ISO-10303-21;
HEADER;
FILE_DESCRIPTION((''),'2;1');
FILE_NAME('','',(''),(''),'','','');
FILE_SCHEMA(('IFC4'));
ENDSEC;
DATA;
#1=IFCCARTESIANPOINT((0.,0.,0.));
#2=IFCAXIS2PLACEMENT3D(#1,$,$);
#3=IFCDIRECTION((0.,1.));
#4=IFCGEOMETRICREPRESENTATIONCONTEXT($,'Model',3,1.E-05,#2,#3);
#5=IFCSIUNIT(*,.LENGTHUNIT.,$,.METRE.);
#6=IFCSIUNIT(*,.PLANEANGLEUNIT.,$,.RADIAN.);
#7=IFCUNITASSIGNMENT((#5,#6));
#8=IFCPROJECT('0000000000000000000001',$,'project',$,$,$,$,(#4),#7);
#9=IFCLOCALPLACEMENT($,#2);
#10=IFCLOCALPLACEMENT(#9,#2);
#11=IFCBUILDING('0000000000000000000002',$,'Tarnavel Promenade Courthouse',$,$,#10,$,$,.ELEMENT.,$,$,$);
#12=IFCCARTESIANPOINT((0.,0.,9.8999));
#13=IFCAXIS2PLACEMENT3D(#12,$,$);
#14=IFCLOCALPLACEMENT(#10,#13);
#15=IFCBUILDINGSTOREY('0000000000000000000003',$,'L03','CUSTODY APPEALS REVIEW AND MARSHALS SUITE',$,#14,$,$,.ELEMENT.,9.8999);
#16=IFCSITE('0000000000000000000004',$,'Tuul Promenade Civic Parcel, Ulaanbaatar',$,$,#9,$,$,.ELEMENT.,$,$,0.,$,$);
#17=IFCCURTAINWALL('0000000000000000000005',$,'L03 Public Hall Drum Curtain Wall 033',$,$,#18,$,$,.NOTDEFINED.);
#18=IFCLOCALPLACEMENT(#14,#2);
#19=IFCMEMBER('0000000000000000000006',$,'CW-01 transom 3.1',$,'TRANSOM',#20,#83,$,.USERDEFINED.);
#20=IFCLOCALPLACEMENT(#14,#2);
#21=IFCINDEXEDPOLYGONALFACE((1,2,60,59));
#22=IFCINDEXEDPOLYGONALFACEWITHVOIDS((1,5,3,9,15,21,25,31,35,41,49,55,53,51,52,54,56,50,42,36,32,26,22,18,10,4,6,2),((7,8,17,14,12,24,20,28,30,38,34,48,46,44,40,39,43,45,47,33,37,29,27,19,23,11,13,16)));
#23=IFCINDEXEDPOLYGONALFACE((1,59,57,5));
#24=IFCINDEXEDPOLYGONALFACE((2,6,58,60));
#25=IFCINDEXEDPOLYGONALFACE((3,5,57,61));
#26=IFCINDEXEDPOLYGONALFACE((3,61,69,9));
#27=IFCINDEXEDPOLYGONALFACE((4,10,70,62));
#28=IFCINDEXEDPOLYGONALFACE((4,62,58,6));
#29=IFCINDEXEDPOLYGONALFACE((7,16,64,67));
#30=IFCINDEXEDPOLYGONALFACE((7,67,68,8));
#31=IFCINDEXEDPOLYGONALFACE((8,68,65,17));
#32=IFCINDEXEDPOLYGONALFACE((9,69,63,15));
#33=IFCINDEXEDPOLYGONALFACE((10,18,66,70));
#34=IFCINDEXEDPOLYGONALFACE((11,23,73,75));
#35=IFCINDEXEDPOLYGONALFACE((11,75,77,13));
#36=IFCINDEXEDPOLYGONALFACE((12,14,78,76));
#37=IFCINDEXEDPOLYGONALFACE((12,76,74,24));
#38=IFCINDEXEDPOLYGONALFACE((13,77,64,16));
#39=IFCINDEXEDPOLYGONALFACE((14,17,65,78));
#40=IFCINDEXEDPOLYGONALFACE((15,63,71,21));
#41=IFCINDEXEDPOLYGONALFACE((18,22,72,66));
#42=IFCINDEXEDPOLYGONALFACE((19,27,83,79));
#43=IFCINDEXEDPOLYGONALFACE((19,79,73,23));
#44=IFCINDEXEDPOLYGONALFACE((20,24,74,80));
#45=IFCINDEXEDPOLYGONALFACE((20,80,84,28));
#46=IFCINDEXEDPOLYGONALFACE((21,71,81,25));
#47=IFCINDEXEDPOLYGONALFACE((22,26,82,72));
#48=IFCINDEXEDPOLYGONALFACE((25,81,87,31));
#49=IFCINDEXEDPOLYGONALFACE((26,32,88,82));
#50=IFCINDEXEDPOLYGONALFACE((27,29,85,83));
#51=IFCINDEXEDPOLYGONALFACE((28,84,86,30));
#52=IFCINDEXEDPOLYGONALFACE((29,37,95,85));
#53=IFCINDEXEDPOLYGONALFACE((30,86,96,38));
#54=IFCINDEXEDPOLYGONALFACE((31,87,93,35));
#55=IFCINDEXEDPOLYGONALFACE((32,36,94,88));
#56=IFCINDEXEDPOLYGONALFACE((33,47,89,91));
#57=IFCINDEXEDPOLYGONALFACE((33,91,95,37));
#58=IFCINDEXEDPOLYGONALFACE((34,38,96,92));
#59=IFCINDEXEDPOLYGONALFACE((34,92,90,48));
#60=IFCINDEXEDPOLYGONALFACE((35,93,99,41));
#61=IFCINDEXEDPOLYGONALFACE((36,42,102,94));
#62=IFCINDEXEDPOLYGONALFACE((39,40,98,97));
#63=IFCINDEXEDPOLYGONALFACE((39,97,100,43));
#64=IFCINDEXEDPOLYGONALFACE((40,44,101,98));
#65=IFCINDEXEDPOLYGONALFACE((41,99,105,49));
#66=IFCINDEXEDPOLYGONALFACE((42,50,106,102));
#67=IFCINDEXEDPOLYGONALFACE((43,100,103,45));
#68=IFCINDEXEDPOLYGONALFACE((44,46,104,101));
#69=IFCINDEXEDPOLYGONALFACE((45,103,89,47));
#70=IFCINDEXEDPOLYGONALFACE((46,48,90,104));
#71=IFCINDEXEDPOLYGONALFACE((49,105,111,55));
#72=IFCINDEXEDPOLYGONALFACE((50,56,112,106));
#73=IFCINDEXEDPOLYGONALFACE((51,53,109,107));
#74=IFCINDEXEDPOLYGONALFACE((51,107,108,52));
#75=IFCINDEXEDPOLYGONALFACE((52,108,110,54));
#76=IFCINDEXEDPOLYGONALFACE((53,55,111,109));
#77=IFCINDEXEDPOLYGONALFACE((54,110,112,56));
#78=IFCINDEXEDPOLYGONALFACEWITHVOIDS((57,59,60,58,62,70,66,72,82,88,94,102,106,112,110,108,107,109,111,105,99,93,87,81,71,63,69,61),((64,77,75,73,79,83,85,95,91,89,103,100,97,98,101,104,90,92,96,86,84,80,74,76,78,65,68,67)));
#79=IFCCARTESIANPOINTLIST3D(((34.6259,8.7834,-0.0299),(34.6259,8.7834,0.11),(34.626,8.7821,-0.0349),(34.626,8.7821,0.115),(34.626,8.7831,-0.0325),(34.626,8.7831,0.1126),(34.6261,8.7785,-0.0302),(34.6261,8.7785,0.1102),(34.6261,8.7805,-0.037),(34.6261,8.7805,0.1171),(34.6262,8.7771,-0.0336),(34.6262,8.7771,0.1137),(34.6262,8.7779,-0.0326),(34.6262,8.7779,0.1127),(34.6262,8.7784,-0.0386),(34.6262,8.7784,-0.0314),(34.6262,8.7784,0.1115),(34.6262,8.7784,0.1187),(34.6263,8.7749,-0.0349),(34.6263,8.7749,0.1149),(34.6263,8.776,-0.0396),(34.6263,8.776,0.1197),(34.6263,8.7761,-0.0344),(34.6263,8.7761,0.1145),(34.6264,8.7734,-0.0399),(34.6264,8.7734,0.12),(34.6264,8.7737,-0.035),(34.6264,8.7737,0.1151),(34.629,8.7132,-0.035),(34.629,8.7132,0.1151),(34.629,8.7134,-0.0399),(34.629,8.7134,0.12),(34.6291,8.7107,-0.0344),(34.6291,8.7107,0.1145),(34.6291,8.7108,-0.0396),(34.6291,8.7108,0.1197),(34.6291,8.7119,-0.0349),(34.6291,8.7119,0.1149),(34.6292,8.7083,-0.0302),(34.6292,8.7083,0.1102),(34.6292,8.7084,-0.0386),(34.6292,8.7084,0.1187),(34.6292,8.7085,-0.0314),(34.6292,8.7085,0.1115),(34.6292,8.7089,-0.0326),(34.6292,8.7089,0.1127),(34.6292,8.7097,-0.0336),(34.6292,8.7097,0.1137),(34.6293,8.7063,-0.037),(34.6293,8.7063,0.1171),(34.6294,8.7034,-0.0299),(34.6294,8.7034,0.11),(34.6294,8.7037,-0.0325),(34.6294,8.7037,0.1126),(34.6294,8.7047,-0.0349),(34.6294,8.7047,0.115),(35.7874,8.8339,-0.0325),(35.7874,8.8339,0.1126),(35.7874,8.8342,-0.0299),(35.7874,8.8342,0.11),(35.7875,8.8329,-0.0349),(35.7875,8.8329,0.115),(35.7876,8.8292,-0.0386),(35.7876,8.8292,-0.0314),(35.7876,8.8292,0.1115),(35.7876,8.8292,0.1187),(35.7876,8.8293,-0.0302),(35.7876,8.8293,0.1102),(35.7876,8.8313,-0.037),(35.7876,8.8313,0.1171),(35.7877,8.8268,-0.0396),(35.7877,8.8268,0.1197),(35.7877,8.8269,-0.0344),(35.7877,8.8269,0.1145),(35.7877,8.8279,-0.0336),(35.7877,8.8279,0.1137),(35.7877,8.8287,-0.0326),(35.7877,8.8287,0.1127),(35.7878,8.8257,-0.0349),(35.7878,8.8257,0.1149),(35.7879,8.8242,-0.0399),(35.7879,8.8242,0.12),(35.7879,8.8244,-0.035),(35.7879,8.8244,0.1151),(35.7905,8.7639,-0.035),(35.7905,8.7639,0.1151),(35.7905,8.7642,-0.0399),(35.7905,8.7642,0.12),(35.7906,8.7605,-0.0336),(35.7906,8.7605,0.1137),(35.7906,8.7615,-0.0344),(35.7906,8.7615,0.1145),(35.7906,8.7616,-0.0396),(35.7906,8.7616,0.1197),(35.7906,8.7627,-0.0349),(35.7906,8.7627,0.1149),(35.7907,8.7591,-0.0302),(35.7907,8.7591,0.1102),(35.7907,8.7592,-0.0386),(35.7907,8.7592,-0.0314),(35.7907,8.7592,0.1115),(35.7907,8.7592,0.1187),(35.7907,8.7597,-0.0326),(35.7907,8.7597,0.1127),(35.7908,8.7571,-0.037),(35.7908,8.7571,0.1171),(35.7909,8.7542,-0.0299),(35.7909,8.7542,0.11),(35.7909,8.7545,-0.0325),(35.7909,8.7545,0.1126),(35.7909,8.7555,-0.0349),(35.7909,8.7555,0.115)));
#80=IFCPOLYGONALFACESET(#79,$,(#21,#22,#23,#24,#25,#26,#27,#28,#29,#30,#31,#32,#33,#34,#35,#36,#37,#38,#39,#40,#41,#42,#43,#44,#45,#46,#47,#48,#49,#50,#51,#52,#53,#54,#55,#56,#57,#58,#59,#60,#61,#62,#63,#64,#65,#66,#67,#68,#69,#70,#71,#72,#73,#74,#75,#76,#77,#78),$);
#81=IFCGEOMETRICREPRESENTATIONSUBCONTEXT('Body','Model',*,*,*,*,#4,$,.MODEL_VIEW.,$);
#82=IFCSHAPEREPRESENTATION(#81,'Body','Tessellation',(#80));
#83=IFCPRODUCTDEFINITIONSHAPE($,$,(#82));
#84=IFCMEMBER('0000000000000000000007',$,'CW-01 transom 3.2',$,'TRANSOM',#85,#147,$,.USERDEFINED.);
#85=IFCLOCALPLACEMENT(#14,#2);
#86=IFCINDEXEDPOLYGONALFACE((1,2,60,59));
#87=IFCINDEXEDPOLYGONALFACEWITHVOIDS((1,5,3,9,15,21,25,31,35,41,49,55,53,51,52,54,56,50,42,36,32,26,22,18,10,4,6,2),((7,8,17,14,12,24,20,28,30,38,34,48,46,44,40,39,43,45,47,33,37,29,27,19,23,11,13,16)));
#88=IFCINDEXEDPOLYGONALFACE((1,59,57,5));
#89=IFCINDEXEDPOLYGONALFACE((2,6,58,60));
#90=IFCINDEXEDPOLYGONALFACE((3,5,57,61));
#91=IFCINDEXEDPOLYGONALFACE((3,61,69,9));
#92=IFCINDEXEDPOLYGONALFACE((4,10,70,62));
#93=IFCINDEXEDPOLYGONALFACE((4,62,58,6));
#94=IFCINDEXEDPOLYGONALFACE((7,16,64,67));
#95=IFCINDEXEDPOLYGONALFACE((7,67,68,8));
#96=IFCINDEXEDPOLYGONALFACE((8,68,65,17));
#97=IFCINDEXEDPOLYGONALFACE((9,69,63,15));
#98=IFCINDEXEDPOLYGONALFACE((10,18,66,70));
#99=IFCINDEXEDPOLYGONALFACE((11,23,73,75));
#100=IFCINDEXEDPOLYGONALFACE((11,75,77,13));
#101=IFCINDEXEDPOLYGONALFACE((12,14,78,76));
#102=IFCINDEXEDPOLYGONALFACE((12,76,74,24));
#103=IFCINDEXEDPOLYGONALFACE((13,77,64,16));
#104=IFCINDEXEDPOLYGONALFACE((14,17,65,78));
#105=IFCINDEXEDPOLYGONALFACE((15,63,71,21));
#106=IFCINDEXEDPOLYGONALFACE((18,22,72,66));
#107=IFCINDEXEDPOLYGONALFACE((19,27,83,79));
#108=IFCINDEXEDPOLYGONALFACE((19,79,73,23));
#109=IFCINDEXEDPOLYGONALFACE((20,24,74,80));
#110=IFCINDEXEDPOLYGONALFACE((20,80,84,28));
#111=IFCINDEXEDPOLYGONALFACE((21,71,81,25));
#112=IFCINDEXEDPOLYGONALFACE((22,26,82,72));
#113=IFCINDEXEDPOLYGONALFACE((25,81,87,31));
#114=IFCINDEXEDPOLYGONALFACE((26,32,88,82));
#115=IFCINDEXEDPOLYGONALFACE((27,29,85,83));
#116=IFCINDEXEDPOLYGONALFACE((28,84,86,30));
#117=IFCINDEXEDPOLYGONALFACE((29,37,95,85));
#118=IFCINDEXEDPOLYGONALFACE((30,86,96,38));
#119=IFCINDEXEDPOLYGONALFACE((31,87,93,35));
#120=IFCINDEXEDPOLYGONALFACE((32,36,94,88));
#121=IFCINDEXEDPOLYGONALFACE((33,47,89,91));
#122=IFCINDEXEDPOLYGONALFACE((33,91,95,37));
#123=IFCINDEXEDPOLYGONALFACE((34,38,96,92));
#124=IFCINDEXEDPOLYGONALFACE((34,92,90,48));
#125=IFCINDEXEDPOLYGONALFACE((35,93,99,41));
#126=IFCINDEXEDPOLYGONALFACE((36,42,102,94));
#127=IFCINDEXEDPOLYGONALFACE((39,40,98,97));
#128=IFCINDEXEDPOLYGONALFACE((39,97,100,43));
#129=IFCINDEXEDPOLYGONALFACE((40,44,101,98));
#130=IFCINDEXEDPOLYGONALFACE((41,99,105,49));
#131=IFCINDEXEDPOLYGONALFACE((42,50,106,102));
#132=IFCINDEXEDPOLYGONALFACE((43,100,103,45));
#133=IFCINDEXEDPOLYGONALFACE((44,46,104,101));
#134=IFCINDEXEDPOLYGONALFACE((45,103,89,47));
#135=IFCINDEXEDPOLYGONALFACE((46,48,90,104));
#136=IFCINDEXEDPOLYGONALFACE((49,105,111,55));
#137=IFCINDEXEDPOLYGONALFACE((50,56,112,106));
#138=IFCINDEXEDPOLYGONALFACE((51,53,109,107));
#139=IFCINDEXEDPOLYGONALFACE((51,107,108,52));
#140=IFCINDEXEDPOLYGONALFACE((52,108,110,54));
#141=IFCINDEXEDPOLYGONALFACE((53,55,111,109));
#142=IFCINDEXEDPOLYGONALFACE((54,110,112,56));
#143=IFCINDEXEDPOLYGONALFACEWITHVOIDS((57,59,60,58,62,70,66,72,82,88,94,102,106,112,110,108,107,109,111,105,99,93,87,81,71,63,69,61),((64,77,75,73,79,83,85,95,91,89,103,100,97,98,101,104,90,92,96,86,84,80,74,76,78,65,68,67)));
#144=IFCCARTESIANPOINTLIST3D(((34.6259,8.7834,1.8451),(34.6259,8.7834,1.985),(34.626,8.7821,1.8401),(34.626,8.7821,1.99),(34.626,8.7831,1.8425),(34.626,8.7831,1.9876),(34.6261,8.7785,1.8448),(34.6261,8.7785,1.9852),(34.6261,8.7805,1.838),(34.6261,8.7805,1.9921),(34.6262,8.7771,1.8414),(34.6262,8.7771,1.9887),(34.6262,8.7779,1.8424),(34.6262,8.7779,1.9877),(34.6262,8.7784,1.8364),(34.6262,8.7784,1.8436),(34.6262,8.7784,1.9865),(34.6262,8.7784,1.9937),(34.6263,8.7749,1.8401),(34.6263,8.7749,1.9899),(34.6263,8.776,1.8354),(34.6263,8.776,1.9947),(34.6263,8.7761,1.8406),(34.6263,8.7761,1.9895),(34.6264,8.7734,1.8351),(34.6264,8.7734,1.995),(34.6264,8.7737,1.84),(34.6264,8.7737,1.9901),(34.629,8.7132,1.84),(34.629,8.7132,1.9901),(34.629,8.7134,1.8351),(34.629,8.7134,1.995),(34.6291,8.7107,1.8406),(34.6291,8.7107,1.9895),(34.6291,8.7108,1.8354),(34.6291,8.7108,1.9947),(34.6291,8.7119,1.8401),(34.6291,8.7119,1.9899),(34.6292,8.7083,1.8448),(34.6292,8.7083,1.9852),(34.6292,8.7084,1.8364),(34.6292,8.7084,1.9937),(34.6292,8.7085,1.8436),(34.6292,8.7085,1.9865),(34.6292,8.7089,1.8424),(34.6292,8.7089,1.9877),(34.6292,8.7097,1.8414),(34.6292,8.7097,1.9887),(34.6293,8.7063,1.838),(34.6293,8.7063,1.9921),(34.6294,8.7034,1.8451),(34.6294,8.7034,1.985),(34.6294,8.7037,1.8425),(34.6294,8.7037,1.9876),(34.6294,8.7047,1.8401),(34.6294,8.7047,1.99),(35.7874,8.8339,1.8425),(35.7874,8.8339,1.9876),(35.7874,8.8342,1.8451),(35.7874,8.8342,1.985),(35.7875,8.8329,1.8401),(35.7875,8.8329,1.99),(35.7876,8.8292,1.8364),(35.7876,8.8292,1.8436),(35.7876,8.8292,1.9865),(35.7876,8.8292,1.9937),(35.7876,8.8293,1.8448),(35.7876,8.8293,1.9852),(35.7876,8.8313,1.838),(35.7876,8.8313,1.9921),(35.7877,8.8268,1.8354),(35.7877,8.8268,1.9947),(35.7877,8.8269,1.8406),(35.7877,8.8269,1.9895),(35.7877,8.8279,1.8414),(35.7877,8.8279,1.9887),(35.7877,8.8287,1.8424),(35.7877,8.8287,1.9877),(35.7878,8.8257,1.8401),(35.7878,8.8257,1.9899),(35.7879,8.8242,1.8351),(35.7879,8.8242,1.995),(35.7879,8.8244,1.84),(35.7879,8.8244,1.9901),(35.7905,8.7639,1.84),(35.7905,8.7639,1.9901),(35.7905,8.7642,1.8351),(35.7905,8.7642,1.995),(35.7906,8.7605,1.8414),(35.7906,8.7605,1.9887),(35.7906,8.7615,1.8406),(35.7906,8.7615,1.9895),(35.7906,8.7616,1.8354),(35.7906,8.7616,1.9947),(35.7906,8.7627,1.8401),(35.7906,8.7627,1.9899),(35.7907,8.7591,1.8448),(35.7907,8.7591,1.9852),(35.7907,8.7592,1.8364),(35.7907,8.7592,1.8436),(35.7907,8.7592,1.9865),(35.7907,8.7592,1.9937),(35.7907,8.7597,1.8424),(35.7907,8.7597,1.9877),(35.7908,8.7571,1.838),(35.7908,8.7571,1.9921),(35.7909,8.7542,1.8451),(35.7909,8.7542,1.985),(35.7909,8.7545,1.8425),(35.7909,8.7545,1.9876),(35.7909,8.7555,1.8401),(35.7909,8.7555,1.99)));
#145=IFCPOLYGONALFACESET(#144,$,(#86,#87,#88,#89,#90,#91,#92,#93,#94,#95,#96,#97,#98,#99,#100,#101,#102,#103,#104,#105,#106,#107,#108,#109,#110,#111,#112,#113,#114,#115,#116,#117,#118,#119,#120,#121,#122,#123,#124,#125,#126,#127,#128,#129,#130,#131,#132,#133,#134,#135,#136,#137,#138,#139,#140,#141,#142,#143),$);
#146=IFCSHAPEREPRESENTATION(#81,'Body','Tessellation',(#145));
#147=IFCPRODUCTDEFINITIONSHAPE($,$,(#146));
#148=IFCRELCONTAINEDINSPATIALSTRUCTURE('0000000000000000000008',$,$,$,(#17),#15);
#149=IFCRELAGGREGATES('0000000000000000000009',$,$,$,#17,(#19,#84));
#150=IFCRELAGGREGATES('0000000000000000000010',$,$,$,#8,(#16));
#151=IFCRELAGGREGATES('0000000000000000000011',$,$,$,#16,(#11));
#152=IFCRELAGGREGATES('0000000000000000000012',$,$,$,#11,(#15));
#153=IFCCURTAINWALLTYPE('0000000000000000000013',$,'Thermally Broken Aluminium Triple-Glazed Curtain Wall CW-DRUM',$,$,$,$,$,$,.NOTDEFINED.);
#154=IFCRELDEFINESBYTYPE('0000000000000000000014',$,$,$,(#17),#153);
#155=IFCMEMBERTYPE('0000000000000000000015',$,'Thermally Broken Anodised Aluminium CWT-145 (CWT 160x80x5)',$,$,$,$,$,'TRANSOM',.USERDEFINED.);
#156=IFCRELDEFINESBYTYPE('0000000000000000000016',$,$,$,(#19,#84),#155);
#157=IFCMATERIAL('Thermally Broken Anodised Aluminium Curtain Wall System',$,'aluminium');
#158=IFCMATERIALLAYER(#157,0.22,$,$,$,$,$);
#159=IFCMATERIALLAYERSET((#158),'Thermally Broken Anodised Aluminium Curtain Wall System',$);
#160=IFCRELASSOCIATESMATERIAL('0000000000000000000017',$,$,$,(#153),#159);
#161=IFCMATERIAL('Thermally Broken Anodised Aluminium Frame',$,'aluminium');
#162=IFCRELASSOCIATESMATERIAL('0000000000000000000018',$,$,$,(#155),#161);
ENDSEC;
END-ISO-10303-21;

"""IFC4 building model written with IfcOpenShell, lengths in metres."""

from ifc_helpers import new_model, si_unit, direction, frame, origin, origin_2d, place, context, subcontext, project, spatial, hollow_rectangle, extrude, material, layer, layer_set, material_profile, profile_set, type_object, element, aggregate, save


model = new_model("IFC4")

# Units and contexts
model_context = context("Model", 3, precision=1e-05, world=origin(), true_north=direction((0.0, 1.0)))
body_context = subcontext(model_context, "Body", "Model", "MODEL_VIEW")
ifc_project = project(units=[si_unit("LENGTHUNIT", "METRE"), si_unit("PLANEANGLEUNIT", "RADIAN")], contexts=[model_context])

# Site, building, storey
site_placement = place(None, origin())
site = spatial("IfcSite", under=ifc_project, at=site_placement, Name="Tuul Promenade Civic Parcel, Ulaanbaatar", CompositionType="ELEMENT", RefElevation=0.0)
building_placement = place(site_placement, origin())
building = spatial("IfcBuilding", under=site, at=building_placement, Name="Tarnavel Promenade Courthouse", CompositionType="ELEMENT")
storey_placement = place(building_placement, frame((0.0, 0.0, 9.8999)))
storey = spatial("IfcBuildingStorey", under=building, at=storey_placement, Name="L03", Description="CUSTODY APPEALS REVIEW AND MARSHALS SUITE", CompositionType="ELEMENT", Elevation=9.8999)

# Curtain wall
ifc_material_1 = material(Name="Thermally Broken Anodised Aluminium Curtain Wall System", Category="aluminium")
ifc_layer_1 = layer(ifc_material_1, 0.22)
ifc_layer_set_1 = layer_set([ifc_layer_1], Name="Thermally Broken Anodised Aluminium Curtain Wall System")
curtain_wall_type = type_object("IfcCurtainWallType", Name="Thermally Broken Aluminium Triple-Glazed Curtain Wall CW-DRUM", PredefinedType="NOTDEFINED", material=ifc_layer_set_1)
curtain_wall_1_placement = place(storey_placement, origin())
curtain_wall_1 = element("IfcCurtainWall", 1, at=curtain_wall_1_placement, inside=storey, type_object=curtain_wall_type, Name="L03 Public Hall Drum Curtain Wall 033", PredefinedType="NOTDEFINED")
ifc_material_2 = material(Name="Thermally Broken Anodised Aluminium Frame", Category="aluminium")

# Members
ifc_material_profile_1 = material_profile(ifc_material_2, hollow_rectangle(XDim=0.0801, YDim=0.1599, WallThickness=0.0049, InnerFilletRadius=0.0049, OuterFilletRadius=0.01, at=origin_2d()), Name="CWT 160x80x5")
ifc_profile_set_1 = profile_set([ifc_material_profile_1], Name="Thermally Broken Anodised Aluminium Frame")
member_type_1 = type_object("IfcMemberType", Name="Thermally Broken Anodised Aluminium CWT-145 (CWT 160x80x5)", ElementType="TRANSOM", PredefinedType="USERDEFINED", material=ifc_profile_set_1)
member_1_placement = place(storey_placement, frame((34.6277, 8.7434, 0.04), z_axis=(0.999045, 0.043683, 0.0), x_axis=(-0.043683, 0.999045, 0.0)))
member_1 = element("IfcMember", 2, at=member_1_placement, type_object=member_type_1, Name="CW-01 transom 3.1", ObjectType="TRANSOM", PredefinedType="USERDEFINED", context=body_context, shape_type="SweptSolid", body=[
    extrude(hollow_rectangle(XDim=0.0801, YDim=0.1599, WallThickness=0.0049, InnerFilletRadius=0.0049, OuterFilletRadius=0.01, at=origin_2d()), origin(), (0.0, 0.0, 1.0), 1.1626),
])
member_2_placement = place(storey_placement, frame((34.6277, 8.7434, 1.915), z_axis=(0.999045, 0.043683, 0.0), x_axis=(-0.043683, 0.999045, 0.0)))
member_2 = element("IfcMember", 3, at=member_2_placement, type_object=member_type_1, Name="CW-01 transom 3.2", ObjectType="TRANSOM", PredefinedType="USERDEFINED", context=body_context, shape_type="SweptSolid", body=[
    extrude(hollow_rectangle(XDim=0.0801, YDim=0.1599, WallThickness=0.0049, InnerFilletRadius=0.0049, OuterFilletRadius=0.01, at=origin_2d()), origin(), (0.0, 0.0, 1.0), 1.1626),
])

aggregate(curtain_wall_1, [member_1, member_2])

save(model, "model.ifc")
